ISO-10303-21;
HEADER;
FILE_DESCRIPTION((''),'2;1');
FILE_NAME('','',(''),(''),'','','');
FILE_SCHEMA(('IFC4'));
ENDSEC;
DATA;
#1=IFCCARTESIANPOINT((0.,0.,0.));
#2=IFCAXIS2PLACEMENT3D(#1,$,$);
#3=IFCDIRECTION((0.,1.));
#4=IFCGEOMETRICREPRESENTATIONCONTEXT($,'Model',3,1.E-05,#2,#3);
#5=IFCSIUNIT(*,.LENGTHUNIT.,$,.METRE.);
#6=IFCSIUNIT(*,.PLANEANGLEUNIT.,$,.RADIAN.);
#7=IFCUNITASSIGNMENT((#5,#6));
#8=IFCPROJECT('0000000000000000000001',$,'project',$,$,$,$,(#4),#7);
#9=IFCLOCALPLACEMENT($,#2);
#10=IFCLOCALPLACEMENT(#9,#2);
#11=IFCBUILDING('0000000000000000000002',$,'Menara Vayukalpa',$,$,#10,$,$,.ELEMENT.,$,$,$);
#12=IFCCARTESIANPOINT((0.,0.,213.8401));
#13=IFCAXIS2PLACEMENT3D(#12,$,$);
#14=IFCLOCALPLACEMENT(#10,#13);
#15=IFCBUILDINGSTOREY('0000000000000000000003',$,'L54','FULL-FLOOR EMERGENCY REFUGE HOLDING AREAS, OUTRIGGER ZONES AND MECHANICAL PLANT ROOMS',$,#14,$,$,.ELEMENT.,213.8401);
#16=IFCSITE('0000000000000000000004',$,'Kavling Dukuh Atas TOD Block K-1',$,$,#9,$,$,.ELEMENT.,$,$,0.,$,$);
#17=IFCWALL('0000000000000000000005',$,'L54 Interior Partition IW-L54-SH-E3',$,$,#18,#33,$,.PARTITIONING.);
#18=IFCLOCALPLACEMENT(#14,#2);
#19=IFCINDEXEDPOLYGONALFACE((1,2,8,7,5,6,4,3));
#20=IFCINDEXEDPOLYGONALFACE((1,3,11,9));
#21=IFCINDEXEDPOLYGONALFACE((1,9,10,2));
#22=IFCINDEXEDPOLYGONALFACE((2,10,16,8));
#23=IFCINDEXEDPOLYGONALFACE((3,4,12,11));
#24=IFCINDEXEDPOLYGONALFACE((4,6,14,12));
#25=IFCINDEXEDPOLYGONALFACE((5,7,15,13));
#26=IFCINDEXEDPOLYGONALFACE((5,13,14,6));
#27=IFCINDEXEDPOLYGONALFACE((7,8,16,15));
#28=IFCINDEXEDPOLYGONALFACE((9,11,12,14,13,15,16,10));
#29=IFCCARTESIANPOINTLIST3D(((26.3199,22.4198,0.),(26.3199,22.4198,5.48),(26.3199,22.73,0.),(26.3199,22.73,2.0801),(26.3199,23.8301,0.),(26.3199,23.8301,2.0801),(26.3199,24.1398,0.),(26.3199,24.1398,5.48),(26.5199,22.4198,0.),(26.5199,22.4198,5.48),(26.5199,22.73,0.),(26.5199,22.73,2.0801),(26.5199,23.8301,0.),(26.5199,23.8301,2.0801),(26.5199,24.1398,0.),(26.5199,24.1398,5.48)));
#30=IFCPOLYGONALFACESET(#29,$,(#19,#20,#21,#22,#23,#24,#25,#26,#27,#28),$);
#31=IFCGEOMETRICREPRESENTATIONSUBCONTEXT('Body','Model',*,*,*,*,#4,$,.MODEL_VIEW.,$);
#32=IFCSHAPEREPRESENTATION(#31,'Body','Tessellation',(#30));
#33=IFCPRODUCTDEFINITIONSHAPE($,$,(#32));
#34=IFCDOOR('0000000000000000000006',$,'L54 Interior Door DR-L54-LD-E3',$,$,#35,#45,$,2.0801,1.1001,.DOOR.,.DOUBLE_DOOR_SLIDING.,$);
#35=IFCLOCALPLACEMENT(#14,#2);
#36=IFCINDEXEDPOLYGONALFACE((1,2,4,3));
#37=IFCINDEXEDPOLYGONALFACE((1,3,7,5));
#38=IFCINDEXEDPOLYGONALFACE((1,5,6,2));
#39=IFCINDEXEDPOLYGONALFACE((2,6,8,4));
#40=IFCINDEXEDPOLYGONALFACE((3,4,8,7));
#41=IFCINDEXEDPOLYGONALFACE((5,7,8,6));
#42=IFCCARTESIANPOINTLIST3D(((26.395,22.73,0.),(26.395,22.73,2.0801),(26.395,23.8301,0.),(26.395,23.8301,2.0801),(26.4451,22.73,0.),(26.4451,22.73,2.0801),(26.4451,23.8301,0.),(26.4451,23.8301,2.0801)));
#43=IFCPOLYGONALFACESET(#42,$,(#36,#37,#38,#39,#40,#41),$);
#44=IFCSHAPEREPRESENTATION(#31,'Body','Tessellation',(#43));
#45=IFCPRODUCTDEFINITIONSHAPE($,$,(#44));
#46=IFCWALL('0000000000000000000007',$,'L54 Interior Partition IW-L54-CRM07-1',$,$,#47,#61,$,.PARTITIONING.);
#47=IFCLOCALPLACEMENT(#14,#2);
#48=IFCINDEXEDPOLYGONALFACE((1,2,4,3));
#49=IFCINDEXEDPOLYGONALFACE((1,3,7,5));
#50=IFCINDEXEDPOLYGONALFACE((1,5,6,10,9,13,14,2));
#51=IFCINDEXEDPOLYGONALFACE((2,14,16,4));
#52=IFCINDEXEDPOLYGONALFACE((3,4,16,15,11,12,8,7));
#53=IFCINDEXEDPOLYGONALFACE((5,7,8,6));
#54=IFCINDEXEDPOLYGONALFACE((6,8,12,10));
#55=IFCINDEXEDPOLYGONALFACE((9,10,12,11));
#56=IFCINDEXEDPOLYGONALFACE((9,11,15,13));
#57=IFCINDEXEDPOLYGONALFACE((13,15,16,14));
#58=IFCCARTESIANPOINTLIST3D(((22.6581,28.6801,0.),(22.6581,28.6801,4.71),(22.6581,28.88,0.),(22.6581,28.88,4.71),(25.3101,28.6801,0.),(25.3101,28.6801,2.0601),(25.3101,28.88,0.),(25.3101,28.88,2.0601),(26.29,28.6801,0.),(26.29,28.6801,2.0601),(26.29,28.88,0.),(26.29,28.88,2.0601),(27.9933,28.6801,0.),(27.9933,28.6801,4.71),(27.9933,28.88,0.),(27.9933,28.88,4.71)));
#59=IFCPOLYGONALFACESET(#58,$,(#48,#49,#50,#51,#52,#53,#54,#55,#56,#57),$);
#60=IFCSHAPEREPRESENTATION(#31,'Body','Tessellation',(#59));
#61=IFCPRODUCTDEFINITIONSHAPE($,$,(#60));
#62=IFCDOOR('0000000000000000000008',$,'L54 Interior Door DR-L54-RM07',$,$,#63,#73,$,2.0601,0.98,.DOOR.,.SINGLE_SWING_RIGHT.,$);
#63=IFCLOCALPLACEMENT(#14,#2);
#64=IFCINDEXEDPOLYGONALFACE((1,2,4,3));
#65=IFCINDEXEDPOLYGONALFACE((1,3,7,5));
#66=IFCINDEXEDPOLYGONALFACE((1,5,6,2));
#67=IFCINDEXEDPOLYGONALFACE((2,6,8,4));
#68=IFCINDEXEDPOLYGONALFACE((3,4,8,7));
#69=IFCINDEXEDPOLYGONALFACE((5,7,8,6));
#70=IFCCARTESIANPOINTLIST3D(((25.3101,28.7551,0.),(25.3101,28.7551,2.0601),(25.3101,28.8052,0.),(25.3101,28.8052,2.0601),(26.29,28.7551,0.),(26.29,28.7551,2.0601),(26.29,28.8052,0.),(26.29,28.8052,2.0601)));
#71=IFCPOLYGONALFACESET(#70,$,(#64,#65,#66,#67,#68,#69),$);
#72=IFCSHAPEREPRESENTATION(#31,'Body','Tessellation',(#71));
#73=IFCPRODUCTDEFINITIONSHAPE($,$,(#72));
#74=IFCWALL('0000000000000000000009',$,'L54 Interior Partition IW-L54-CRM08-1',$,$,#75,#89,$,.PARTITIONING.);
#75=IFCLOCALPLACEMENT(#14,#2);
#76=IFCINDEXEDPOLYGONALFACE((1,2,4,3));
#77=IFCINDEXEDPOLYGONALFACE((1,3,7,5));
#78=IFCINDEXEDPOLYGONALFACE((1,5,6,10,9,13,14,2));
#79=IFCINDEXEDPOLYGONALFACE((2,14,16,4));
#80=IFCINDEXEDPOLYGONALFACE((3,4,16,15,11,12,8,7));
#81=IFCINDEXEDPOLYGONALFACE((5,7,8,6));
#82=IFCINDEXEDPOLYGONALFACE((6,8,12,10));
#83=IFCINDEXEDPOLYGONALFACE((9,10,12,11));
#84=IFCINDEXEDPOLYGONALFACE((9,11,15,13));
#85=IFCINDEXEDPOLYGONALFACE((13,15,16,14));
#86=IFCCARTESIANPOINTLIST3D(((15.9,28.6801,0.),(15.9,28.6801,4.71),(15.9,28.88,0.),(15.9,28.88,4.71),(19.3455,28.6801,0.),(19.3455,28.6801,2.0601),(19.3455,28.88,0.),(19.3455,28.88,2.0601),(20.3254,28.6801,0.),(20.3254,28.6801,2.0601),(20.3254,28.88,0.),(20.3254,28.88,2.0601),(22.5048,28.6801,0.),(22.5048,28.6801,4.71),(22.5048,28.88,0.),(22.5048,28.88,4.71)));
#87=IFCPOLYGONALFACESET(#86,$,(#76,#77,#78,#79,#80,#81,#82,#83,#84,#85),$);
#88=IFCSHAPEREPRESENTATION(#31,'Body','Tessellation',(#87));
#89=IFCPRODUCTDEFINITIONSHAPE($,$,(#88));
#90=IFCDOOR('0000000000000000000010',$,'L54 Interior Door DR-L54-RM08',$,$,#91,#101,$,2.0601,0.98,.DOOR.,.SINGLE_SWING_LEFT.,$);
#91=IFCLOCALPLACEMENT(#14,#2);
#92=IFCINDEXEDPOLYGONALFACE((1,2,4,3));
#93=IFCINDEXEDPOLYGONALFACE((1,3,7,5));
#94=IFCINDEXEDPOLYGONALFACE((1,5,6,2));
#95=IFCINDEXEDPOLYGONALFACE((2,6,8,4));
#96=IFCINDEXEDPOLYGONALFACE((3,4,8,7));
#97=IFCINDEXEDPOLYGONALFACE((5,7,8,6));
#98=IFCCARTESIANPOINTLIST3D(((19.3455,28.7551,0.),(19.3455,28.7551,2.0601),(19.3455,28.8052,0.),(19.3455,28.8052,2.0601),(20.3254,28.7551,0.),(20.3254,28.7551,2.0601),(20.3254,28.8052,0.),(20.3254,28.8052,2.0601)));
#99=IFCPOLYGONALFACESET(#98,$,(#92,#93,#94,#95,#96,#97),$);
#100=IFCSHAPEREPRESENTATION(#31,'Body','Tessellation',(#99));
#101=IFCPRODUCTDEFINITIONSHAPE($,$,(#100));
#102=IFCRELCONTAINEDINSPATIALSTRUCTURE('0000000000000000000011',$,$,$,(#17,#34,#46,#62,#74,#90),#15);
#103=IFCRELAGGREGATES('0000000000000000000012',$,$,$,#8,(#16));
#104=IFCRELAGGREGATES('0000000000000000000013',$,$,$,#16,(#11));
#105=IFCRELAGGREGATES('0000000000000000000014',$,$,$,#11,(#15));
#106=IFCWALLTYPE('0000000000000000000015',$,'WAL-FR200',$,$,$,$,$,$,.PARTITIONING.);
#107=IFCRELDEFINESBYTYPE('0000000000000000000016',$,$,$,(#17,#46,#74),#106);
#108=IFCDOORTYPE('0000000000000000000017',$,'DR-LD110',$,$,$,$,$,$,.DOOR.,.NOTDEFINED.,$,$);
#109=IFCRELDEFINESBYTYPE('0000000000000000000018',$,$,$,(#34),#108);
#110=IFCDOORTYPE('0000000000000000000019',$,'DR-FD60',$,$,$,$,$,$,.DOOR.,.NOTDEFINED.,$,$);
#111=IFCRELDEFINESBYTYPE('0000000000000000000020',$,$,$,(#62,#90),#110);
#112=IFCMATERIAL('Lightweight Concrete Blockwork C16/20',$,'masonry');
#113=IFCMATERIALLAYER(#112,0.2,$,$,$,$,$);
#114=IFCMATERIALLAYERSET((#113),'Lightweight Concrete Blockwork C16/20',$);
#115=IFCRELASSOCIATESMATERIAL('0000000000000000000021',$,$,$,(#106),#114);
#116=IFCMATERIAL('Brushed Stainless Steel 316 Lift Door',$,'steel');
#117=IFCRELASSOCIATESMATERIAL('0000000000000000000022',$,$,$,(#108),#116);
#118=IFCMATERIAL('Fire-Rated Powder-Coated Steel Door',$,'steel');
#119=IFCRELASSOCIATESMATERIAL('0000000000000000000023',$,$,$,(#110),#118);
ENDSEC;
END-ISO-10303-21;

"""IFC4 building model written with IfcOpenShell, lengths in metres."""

from ifc_helpers import new_model, si_unit, direction, frame, frame_2d, origin, place, context, subcontext, project, spatial, rectangle, extrude, material, layer, layer_set, type_object, element, fill, save


model = new_model("IFC4")

# Units and contexts
model_context = context("Model", 3, precision=1e-05, world=origin(), true_north=direction((0.0, 1.0)))
body_context = subcontext(model_context, "Body", "Model", "MODEL_VIEW")
ifc_project = project(units=[si_unit("LENGTHUNIT", "METRE"), si_unit("PLANEANGLEUNIT", "RADIAN")], contexts=[model_context])

# Site, building, storey
site_placement = place(None, origin())
site = spatial("IfcSite", under=ifc_project, at=site_placement, Name="Kavling Dukuh Atas TOD Block K-1", CompositionType="ELEMENT", RefElevation=0.0)
building_placement = place(site_placement, origin())
building = spatial("IfcBuilding", under=site, at=building_placement, Name="Menara Vayukalpa", CompositionType="ELEMENT")
storey_placement = place(building_placement, frame((0.0, 0.0, 213.8401)))
storey = spatial("IfcBuildingStorey", under=building, at=storey_placement, Name="L54", Description="FULL-FLOOR EMERGENCY REFUGE HOLDING AREAS, OUTRIGGER ZONES AND MECHANICAL PLANT ROOMS", CompositionType="ELEMENT", Elevation=213.8401)

# Walls, openings, doors
ifc_material_1 = material(Name="Lightweight Concrete Blockwork C16/20", Category="masonry")
ifc_layer_1 = layer(ifc_material_1, 0.2)
ifc_layer_set_1 = layer_set([ifc_layer_1], Name="Lightweight Concrete Blockwork C16/20")
wall_type_1 = type_object("IfcWallType", Name="WAL-FR200", PredefinedType="PARTITIONING", material=ifc_layer_set_1)
wall_1_placement = place(storey_placement, frame((26.4199, 22.4199, 0.0), z_axis=(0.0, 0.0, 1.0), x_axis=(0.0, 1.0, 0.0)))
wall_1 = element("IfcWall", 1, at=wall_1_placement, inside=storey, type_object=wall_type_1, Name="L54 Interior Partition IW-L54-SH-E3", PredefinedType="PARTITIONING", context=body_context, shape_type="SweptSolid", body=[
    extrude(rectangle(XDim=1.72, YDim=0.2, at=frame_2d((0.8599, 0.0))), origin(), (0.0, 0.0, 1.0), 5.48),
])
opening_1_placement = place(wall_1_placement, frame((0.3101, 0.0, 0.0)))
opening_1 = element("IfcOpeningElement", 2, at=opening_1_placement, cuts=wall_1, PredefinedType="OPENING", context=body_context, shape_type="SweptSolid", body=[
    extrude(rectangle(XDim=1.1001, YDim=2.0801, at=frame_2d((0.55, 1.04))), frame((0.0, 0.1099, 0.0), z_axis=(0.0, -1.0, 0.0), x_axis=(1.0, 0.0, 0.0)), (0.0, 0.0, 1.0), 0.22),
])
ifc_material_2 = material(Name="Brushed Stainless Steel 316 Lift Door", Category="steel")
door_type_1 = type_object("IfcDoorType", Name="DR-LD110", OperationType="NOTDEFINED", PredefinedType="DOOR", material=ifc_material_2)
door_1_placement = place(opening_1_placement, origin())
door_1 = element("IfcDoor", 3, at=door_1_placement, inside=storey, type_object=door_type_1, Name="L54 Interior Door DR-L54-LD-E3", OperationType="DOUBLE_DOOR_SLIDING", OverallHeight=2.0801, OverallWidth=1.1001, PredefinedType="DOOR", context=body_context, shape_type="SweptSolid", body=[
    extrude(rectangle(XDim=1.1001, YDim=2.0801, at=frame_2d((0.55, 1.04))), frame((0.0, 0.0249, 0.0), z_axis=(0.0, -1.0, 0.0), x_axis=(1.0, 0.0, 0.0)), (0.0, 0.0, 1.0), 0.05),
])
fill(opening_1, door_1)
wall_2_placement = place(storey_placement, frame((27.9932, 28.78, 0.0), z_axis=(0.0, 0.0, 1.0), x_axis=(-1.0, 0.0, 0.0)))
wall_2 = element("IfcWall", 4, at=wall_2_placement, inside=storey, type_object=wall_type_1, Name="L54 Interior Partition IW-L54-CRM07-1", PredefinedType="PARTITIONING", context=body_context, shape_type="SweptSolid", body=[
    extrude(rectangle(XDim=5.3352, YDim=0.2, at=frame_2d((2.6675, 0.0))), origin(), (0.0, 0.0, 1.0), 4.71),
])
opening_2_placement = place(wall_2_placement, frame((1.7031, 0.0, 0.0)))
opening_2 = element("IfcOpeningElement", 5, at=opening_2_placement, cuts=wall_2, PredefinedType="OPENING", context=body_context, shape_type="SweptSolid", body=[
    extrude(rectangle(XDim=0.98, YDim=2.0601, at=frame_2d((0.49, 1.03))), frame((0.0, 0.1099, 0.0), z_axis=(0.0, -1.0, 0.0), x_axis=(1.0, 0.0, 0.0)), (0.0, 0.0, 1.0), 0.22),
])
ifc_material_3 = material(Name="Fire-Rated Powder-Coated Steel Door", Category="steel")
door_type_2 = type_object("IfcDoorType", Name="DR-FD60", OperationType="NOTDEFINED", PredefinedType="DOOR", material=ifc_material_3)
door_2_placement = place(opening_2_placement, origin())
door_2 = element("IfcDoor", 6, at=door_2_placement, inside=storey, type_object=door_type_2, Name="L54 Interior Door DR-L54-RM07", OperationType="SINGLE_SWING_RIGHT", OverallHeight=2.0601, OverallWidth=0.98, PredefinedType="DOOR", context=body_context, shape_type="SweptSolid", body=[
    extrude(rectangle(XDim=0.98, YDim=2.0601, at=frame_2d((0.49, 1.03))), frame((0.0, 0.0249, 0.0), z_axis=(0.0, -1.0, 0.0), x_axis=(1.0, 0.0, 0.0)), (0.0, 0.0, 1.0), 0.05),
])
fill(opening_2, door_2)
wall_3_placement = place(storey_placement, frame((22.5046, 28.78, 0.0), z_axis=(0.0, 0.0, 1.0), x_axis=(-1.0, 0.0, 0.0)))
wall_3 = element("IfcWall", 7, at=wall_3_placement, inside=storey, type_object=wall_type_1, Name="L54 Interior Partition IW-L54-CRM08-1", PredefinedType="PARTITIONING", context=body_context, shape_type="SweptSolid", body=[
    extrude(rectangle(XDim=6.6047, YDim=0.2, at=frame_2d((3.3022, 0.0))), origin(), (0.0, 0.0, 1.0), 4.71),
])
opening_3_placement = place(wall_3_placement, frame((2.1792, 0.0, 0.0)))
opening_3 = element("IfcOpeningElement", 8, at=opening_3_placement, cuts=wall_3, PredefinedType="OPENING", context=body_context, shape_type="SweptSolid", body=[
    extrude(rectangle(XDim=0.98, YDim=2.0601, at=frame_2d((0.49, 1.03))), frame((0.0, 0.1099, 0.0), z_axis=(0.0, -1.0, 0.0), x_axis=(1.0, 0.0, 0.0)), (0.0, 0.0, 1.0), 0.22),
])
door_3_placement = place(opening_3_placement, origin())
door_3 = element("IfcDoor", 9, at=door_3_placement, inside=storey, type_object=door_type_2, Name="L54 Interior Door DR-L54-RM08", OperationType="SINGLE_SWING_LEFT", OverallHeight=2.0601, OverallWidth=0.98, PredefinedType="DOOR", context=body_context, shape_type="SweptSolid", body=[
    extrude(rectangle(XDim=0.98, YDim=2.0601, at=frame_2d((0.49, 1.03))), frame((0.0, 0.0249, 0.0), z_axis=(0.0, -1.0, 0.0), x_axis=(1.0, 0.0, 0.0)), (0.0, 0.0, 1.0), 0.05),
])
fill(opening_3, door_3)

save(model, "model.ifc")
